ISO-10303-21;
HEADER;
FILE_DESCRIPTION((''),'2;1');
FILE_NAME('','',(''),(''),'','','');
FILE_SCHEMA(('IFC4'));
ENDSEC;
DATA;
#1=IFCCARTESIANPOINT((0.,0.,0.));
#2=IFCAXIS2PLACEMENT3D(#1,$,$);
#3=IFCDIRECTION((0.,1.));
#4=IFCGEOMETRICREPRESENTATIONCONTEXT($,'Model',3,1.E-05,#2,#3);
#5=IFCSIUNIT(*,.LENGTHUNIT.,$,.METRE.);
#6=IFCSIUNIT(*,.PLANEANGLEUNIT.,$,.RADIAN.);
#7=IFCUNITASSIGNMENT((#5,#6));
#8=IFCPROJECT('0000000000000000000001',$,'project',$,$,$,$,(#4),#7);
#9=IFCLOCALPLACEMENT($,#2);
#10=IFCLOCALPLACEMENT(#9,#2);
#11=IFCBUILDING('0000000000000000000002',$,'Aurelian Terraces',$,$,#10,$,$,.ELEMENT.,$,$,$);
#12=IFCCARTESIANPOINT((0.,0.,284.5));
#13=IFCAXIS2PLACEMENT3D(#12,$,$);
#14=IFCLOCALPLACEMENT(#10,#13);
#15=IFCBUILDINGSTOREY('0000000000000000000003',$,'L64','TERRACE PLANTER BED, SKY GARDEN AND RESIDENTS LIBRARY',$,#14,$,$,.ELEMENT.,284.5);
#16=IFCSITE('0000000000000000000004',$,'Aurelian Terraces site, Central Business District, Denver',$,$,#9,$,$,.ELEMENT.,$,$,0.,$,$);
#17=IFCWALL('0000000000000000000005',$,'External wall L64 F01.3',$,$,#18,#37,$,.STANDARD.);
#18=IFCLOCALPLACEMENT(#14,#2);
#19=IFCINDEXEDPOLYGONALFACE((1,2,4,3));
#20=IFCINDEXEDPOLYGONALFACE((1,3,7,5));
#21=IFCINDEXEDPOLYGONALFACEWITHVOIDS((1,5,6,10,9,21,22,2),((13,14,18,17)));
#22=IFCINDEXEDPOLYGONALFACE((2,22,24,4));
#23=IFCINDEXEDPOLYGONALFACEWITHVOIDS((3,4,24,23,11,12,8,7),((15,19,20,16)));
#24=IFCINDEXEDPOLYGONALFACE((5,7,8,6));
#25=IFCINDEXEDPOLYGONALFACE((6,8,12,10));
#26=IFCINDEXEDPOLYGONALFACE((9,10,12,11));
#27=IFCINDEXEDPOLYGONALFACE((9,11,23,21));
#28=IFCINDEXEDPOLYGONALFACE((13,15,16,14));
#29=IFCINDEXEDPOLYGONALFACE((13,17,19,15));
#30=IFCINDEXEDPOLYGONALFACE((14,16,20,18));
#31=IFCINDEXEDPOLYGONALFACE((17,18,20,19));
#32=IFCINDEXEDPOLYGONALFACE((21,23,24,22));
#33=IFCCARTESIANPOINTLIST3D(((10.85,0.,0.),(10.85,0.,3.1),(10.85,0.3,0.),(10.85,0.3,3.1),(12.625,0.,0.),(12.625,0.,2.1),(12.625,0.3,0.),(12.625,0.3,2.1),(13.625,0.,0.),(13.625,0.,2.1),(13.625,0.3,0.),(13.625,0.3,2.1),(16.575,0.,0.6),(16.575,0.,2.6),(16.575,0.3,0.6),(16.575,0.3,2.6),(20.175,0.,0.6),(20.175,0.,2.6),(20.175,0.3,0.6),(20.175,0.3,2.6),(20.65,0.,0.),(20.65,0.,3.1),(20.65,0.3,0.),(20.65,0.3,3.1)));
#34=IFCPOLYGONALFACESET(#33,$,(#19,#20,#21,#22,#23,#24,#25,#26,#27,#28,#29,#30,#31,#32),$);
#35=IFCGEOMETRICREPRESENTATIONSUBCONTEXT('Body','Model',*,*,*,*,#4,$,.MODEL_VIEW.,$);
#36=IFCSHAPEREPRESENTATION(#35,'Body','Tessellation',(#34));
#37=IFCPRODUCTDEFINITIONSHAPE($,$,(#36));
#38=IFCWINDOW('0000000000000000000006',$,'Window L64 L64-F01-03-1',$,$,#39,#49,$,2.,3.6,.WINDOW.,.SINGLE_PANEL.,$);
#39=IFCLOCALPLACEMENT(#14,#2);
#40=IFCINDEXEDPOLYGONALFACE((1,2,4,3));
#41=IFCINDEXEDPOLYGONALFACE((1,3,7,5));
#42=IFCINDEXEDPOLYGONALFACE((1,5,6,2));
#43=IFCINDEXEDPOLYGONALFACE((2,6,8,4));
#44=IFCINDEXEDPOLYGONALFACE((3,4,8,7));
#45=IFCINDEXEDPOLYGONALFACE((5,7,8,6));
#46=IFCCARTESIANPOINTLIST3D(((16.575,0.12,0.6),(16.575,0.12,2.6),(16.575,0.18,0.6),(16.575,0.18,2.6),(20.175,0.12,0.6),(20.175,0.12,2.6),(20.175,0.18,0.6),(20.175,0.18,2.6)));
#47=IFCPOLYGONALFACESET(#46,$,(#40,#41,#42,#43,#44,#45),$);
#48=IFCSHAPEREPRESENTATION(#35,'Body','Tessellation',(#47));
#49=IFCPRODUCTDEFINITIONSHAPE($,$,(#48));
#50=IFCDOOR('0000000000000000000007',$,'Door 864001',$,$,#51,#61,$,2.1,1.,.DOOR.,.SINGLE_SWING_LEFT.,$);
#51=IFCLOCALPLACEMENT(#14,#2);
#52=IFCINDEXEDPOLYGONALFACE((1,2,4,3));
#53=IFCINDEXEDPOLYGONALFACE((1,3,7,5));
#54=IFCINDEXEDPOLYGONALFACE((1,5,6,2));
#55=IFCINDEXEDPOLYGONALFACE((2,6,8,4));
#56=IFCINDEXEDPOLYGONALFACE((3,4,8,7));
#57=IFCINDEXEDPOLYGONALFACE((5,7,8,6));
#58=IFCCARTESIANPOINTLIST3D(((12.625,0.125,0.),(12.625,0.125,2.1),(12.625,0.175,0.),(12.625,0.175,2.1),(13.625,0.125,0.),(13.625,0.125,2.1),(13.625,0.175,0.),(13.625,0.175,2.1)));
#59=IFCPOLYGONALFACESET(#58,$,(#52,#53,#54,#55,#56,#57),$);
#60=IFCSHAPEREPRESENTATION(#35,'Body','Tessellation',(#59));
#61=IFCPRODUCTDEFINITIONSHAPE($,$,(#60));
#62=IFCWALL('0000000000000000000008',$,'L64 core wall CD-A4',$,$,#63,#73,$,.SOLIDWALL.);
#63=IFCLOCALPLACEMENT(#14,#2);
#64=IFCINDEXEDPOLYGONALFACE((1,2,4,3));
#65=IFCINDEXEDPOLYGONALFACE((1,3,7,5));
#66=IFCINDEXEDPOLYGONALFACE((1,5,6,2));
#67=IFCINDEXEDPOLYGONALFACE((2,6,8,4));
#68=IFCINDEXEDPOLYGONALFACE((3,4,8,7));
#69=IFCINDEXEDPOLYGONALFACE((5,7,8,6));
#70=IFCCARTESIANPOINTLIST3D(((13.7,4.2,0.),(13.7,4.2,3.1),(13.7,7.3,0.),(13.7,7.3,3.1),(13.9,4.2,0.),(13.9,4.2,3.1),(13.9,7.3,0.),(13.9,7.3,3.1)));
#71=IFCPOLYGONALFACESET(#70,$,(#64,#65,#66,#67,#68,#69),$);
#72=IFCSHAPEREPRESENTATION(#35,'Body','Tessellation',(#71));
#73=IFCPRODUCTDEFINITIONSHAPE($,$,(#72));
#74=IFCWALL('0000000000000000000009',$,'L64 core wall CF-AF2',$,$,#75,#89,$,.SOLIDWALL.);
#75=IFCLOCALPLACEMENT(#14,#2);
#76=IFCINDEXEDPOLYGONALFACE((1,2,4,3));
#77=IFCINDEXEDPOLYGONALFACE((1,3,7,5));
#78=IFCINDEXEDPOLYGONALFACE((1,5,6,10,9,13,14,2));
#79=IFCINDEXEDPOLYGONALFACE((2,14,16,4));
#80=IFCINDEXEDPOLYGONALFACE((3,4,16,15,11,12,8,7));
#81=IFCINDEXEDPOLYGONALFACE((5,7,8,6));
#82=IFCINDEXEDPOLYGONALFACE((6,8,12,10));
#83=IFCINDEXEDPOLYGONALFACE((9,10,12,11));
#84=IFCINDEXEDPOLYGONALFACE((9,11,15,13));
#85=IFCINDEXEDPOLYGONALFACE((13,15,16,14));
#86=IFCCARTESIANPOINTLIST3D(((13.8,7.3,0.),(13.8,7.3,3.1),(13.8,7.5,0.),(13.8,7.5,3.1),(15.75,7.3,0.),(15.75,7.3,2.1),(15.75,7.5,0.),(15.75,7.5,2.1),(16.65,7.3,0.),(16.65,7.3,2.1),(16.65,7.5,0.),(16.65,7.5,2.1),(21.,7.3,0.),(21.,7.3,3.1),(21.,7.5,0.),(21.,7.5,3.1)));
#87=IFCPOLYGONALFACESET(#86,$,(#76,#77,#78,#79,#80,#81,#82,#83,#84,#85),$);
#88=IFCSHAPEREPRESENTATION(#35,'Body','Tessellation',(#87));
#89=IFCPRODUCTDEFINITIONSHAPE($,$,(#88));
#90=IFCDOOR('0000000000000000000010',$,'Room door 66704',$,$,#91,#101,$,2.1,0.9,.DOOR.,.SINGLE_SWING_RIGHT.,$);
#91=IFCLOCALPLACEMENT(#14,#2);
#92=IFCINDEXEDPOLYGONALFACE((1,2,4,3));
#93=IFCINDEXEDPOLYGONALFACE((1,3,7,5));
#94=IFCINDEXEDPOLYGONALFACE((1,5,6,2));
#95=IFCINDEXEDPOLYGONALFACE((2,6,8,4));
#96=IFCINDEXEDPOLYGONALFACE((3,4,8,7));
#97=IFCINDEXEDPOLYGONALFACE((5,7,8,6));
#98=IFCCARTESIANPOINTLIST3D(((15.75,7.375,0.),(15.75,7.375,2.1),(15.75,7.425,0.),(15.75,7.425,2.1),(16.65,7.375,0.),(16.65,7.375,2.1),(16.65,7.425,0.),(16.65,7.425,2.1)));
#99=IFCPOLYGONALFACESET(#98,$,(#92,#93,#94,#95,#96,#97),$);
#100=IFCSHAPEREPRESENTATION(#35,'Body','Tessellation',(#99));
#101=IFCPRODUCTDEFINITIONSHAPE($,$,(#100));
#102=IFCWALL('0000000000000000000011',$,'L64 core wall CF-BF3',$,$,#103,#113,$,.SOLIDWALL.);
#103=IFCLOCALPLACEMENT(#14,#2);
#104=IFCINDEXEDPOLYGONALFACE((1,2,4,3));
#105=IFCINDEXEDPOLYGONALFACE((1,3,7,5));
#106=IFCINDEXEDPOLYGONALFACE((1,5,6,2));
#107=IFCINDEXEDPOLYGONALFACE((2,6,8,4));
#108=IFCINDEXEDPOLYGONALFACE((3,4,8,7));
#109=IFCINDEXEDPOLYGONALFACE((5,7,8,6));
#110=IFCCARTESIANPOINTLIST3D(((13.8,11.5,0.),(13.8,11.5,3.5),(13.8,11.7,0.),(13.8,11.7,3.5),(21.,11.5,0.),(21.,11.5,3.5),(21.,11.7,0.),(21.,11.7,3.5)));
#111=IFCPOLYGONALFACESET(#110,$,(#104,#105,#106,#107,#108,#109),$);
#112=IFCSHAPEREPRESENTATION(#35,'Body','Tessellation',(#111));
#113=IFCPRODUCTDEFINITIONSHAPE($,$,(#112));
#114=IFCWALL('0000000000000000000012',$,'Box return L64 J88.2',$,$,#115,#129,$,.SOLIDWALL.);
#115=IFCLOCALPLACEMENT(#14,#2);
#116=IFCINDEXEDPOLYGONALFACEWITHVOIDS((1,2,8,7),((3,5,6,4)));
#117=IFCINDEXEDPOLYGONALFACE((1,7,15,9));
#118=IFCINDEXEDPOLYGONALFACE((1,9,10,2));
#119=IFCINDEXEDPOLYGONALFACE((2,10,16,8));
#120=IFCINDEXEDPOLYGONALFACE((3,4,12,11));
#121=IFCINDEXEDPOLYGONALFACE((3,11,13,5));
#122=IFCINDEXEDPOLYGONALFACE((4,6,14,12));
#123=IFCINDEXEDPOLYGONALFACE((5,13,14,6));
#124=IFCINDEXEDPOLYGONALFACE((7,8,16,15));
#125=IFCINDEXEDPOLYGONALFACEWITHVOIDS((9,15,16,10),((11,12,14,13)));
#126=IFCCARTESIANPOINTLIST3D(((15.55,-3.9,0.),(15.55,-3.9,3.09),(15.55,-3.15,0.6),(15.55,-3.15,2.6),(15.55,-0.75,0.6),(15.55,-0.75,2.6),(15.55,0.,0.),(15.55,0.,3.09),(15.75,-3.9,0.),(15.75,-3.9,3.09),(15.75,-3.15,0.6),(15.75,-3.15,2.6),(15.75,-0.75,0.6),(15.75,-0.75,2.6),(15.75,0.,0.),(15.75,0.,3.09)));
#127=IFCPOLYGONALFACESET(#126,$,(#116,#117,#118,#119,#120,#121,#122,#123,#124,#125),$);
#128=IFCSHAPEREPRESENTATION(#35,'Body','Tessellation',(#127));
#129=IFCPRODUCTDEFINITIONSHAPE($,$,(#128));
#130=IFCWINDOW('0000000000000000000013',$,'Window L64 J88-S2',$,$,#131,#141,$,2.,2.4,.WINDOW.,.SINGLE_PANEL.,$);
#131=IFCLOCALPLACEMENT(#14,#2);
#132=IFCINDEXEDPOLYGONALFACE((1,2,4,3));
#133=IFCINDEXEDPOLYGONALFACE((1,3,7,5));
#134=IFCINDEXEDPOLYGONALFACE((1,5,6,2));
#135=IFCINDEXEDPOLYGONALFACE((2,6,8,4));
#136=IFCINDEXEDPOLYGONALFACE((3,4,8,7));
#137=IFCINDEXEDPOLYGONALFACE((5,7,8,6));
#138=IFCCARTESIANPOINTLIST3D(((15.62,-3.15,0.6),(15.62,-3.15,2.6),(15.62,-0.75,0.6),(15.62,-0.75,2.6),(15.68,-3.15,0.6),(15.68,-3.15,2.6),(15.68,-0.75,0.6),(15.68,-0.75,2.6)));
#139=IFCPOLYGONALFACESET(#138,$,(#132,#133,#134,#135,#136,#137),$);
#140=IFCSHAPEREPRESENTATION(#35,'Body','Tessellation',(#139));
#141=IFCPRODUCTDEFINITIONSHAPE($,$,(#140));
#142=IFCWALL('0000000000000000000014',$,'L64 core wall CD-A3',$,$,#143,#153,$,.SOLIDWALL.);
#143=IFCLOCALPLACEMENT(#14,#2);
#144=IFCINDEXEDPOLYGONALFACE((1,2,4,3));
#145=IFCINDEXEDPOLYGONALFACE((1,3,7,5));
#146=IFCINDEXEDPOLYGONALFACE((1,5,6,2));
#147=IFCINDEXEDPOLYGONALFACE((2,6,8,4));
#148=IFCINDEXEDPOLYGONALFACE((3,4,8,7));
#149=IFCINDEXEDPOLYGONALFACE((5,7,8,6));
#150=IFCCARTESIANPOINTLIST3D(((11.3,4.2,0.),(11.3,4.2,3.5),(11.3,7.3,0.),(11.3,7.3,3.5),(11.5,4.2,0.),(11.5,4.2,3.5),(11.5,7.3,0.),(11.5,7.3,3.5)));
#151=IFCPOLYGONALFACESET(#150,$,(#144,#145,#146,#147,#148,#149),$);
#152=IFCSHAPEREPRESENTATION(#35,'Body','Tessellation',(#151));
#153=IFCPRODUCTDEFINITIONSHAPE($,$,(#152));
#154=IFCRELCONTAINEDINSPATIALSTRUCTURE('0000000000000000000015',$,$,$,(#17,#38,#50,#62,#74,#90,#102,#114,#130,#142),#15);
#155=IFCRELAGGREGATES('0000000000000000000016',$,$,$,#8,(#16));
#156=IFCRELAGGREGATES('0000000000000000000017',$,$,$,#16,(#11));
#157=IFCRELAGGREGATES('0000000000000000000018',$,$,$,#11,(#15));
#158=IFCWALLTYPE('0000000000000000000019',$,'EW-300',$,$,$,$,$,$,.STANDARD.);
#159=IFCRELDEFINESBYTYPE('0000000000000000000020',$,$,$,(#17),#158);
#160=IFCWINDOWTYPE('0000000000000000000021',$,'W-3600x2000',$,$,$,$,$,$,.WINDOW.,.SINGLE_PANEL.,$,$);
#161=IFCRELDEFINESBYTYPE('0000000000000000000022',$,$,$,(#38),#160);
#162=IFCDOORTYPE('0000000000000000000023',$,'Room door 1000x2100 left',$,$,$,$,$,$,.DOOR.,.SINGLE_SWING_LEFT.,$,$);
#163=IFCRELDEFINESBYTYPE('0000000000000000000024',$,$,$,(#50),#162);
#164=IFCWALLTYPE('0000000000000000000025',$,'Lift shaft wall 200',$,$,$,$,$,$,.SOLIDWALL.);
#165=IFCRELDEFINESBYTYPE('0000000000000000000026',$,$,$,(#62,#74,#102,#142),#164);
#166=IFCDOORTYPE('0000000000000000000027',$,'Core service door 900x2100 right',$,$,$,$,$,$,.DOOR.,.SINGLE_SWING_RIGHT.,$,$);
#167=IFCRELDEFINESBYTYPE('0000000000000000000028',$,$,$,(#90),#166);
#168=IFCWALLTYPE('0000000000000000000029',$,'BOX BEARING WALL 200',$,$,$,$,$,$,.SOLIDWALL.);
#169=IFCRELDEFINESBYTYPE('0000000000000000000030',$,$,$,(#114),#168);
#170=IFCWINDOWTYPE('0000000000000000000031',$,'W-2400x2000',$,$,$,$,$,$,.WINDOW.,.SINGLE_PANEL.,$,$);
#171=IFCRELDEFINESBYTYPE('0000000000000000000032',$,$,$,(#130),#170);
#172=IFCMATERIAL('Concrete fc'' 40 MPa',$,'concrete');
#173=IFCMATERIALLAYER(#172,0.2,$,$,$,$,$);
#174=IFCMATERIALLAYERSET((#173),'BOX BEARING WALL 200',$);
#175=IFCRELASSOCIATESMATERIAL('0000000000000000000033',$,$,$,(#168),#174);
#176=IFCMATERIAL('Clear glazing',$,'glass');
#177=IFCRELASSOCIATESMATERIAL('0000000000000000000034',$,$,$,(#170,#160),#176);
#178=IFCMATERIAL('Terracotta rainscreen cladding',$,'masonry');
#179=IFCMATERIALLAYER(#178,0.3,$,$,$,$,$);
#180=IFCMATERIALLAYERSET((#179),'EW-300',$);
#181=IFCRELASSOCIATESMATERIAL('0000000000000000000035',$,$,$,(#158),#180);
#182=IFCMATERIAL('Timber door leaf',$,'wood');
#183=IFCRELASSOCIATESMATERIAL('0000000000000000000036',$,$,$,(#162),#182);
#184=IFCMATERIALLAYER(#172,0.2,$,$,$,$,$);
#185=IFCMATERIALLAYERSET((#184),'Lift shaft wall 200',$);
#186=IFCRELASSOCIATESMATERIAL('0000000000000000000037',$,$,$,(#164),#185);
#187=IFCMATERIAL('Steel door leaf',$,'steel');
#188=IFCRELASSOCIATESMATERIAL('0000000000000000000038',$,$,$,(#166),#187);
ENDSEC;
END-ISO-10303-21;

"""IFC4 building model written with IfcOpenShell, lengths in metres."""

from ifc_helpers import new_model, si_unit, direction, frame, frame_2d, origin, place, context, subcontext, project, spatial, rectangle, extrude, source, transform, mapped, material, layer, layer_set, type_object, element, fill, save


model = new_model("IFC4")

# Units and contexts
model_context = context("Model", 3, precision=1e-05, world=origin(), true_north=direction((0.0, 1.0)))
body_context = subcontext(model_context, "Body", "Model", "MODEL_VIEW")
ifc_project = project(units=[si_unit("LENGTHUNIT", "METRE"), si_unit("PLANEANGLEUNIT", "RADIAN")], contexts=[model_context])

# Site, building, storey
site_placement = place(None, origin())
site = spatial("IfcSite", under=ifc_project, at=site_placement, Name="Aurelian Terraces site, Central Business District, Denver", CompositionType="ELEMENT", RefElevation=0.0)
building_placement = place(site_placement, origin())
building = spatial("IfcBuilding", under=site, at=building_placement, Name="Aurelian Terraces", CompositionType="ELEMENT")
storey_placement = place(building_placement, frame((0.0, 0.0, 284.5)))
storey = spatial("IfcBuildingStorey", under=building, at=storey_placement, Name="L64", Description="TERRACE PLANTER BED, SKY GARDEN AND RESIDENTS LIBRARY", CompositionType="ELEMENT", Elevation=284.5)

# Shared definitions
ifc_material_1 = material(Name="Concrete fc' 40 MPa", Category="concrete")
ifc_layer_1 = layer(ifc_material_1, 0.2)
ifc_layer_set_1 = layer_set([ifc_layer_1], Name="BOX BEARING WALL 200")
wall_type_1 = type_object("IfcWallType", Name="BOX BEARING WALL 200", PredefinedType="SOLIDWALL", material=ifc_layer_set_1)
ifc_material_2 = material(Name="Clear glazing", Category="glass")
window_type_1 = type_object("IfcWindowType", Name="W-2400x2000", PartitioningType="SINGLE_PANEL", PredefinedType="WINDOW", material=ifc_material_2)
shared_shape_1 = source(origin(), body_context, "Body", "SweptSolid", [
    extrude(rectangle(XDim=2.4, YDim=2.0, at=frame_2d((1.2, 1.0))), frame((0.0, 0.03, 0.0), z_axis=(0.0, -1.0, 0.0), x_axis=(1.0, 0.0, 0.0)), (0.0, 0.0, 1.0), 0.06),
])

# Shared definitions
ifc_material_3 = material(Name="Steel door leaf", Category="steel")

# Wall, openings, window, door
ifc_material_4 = material(Name="Terracotta rainscreen cladding", Category="masonry")
ifc_layer_2 = layer(ifc_material_4, 0.3)
ifc_layer_set_2 = layer_set([ifc_layer_2], Name="EW-300")
wall_type_2 = type_object("IfcWallType", Name="EW-300", PredefinedType="STANDARD", material=ifc_layer_set_2)
wall_1_placement = place(storey_placement, frame((10.85, 0.15, 0.0), z_axis=(0.0, 0.0, 1.0), x_axis=(1.0, 0.0, 0.0)))
wall_1 = element("IfcWall", 1, at=wall_1_placement, inside=storey, type_object=wall_type_2, Name="External wall L64 F01.3", PredefinedType="STANDARD", context=body_context, shape_type="SweptSolid", body=[
    extrude(rectangle(XDim=9.8, YDim=0.3, at=frame_2d((4.9, 0.0))), origin(), (0.0, 0.0, 1.0), 3.1),
])
opening_1_placement = place(wall_1_placement, frame((5.725, 0.0, 0.6)))
opening_1 = element("IfcOpeningElement", 2, at=opening_1_placement, cuts=wall_1, PredefinedType="OPENING", context=body_context, shape_type="SweptSolid", body=[
    extrude(rectangle(XDim=3.6, YDim=2.0, at=frame_2d((1.8, 1.0))), frame((0.0, 0.16, 0.0), z_axis=(0.0, -1.0, 0.0), x_axis=(1.0, 0.0, 0.0)), (0.0, 0.0, 1.0), 0.32),
])
shared_shape_2 = source(origin(), body_context, "Body", "SweptSolid", [
    extrude(rectangle(XDim=1.0, YDim=2.1, at=frame_2d((0.5, 1.05))), frame((0.0, 0.16, 0.0), z_axis=(0.0, -1.0, 0.0), x_axis=(1.0, 0.0, 0.0)), (0.0, 0.0, 1.0), 0.32),
])
opening_2_placement = place(wall_1_placement, frame((1.775, 0.0, 0.0)))
opening_2 = element("IfcOpeningElement", 3, at=opening_2_placement, cuts=wall_1, PredefinedType="OPENING", context=body_context, shape_type="MappedRepresentation", body=[
    mapped(shared_shape_2, transform((0.0, 0.0, 0.0), scale=1.0)),
])
window_type_2 = type_object("IfcWindowType", Name="W-3600x2000", PartitioningType="SINGLE_PANEL", PredefinedType="WINDOW", material=ifc_material_2)
window_1_placement = place(opening_1_placement, origin())
window_1 = element("IfcWindow", 4, at=window_1_placement, inside=storey, type_object=window_type_2, Name="Window L64 L64-F01-03-1", OverallHeight=2.0, OverallWidth=3.6, PartitioningType="SINGLE_PANEL", PredefinedType="WINDOW", context=body_context, shape_type="SweptSolid", body=[
    extrude(rectangle(XDim=3.6, YDim=2.0, at=frame_2d((1.8, 1.0))), frame((0.0, 0.03, 0.0), z_axis=(0.0, -1.0, 0.0), x_axis=(1.0, 0.0, 0.0)), (0.0, 0.0, 1.0), 0.06),
])
fill(opening_1, window_1)
ifc_material_5 = material(Name="Timber door leaf", Category="wood")
door_type_1 = type_object("IfcDoorType", Name="Room door 1000x2100 left", OperationType="SINGLE_SWING_LEFT", PredefinedType="DOOR", material=ifc_material_5)
shared_shape_3 = source(origin(), body_context, "Body", "SweptSolid", [
    extrude(rectangle(XDim=1.0, YDim=2.1, at=frame_2d((0.5, 1.05))), frame((0.0, 0.025, 0.0), z_axis=(0.0, -1.0, 0.0), x_axis=(1.0, 0.0, 0.0)), (0.0, 0.0, 1.0), 0.05),
])
door_1_placement = place(opening_2_placement, origin())
door_1 = element("IfcDoor", 5, at=door_1_placement, inside=storey, type_object=door_type_1, Name="Door 864001", OperationType="SINGLE_SWING_LEFT", OverallHeight=2.1, OverallWidth=1.0, PredefinedType="DOOR", context=body_context, shape_type="MappedRepresentation", body=[
    mapped(shared_shape_3, transform((0.0, 0.0, 0.0), scale=1.0)),
])
fill(opening_2, door_1)

# Wall
ifc_layer_3 = layer(ifc_material_1, 0.2)
ifc_layer_set_3 = layer_set([ifc_layer_3], Name="Lift shaft wall 200")
wall_type_3 = type_object("IfcWallType", Name="Lift shaft wall 200", PredefinedType="SOLIDWALL", material=ifc_layer_set_3)
wall_2_placement = place(storey_placement, frame((13.8, 4.2, 0.0), z_axis=(0.0, 0.0, 1.0), x_axis=(0.0, 1.0, 0.0)))
element("IfcWall", 6, at=wall_2_placement, inside=storey, type_object=wall_type_3, Name="L64 core wall CD-A4", PredefinedType="SOLIDWALL", context=body_context, shape_type="SweptSolid", body=[
    extrude(rectangle(XDim=3.1, YDim=0.2, at=frame_2d((1.55, 0.0))), origin(), (0.0, 0.0, 1.0), 3.1),
])

# Wall, opening, door
wall_3_placement = place(storey_placement, frame((13.8, 7.4, 0.0), z_axis=(0.0, 0.0, 1.0), x_axis=(1.0, 0.0, 0.0)))
wall_3 = element("IfcWall", 7, at=wall_3_placement, inside=storey, type_object=wall_type_3, Name="L64 core wall CF-AF2", PredefinedType="SOLIDWALL", context=body_context, shape_type="SweptSolid", body=[
    extrude(rectangle(XDim=7.2, YDim=0.2, at=frame_2d((3.6, 0.0))), origin(), (0.0, 0.0, 1.0), 3.1),
])
shared_shape_4 = source(origin(), body_context, "Body", "SweptSolid", [
    extrude(rectangle(XDim=0.9, YDim=2.1, at=frame_2d((0.45, 1.05))), frame((0.0, 0.11, 0.0), z_axis=(0.0, -1.0, 0.0), x_axis=(1.0, 0.0, 0.0)), (0.0, 0.0, 1.0), 0.22),
])
opening_3_placement = place(wall_3_placement, frame((1.95, 0.0, 0.0)))
opening_3 = element("IfcOpeningElement", 8, at=opening_3_placement, cuts=wall_3, PredefinedType="OPENING", context=body_context, shape_type="MappedRepresentation", body=[
    mapped(shared_shape_4, transform((0.0, 0.0, 0.0), scale=1.0)),
])
door_type_2 = type_object("IfcDoorType", Name="Core service door 900x2100 right", OperationType="SINGLE_SWING_RIGHT", PredefinedType="DOOR", material=ifc_material_3)
shared_shape_5 = source(origin(), body_context, "Body", "SweptSolid", [
    extrude(rectangle(XDim=0.9, YDim=2.1, at=frame_2d((0.45, 1.05))), frame((0.0, 0.025, 0.0), z_axis=(0.0, -1.0, 0.0), x_axis=(1.0, 0.0, 0.0)), (0.0, 0.0, 1.0), 0.05),
])
door_2_placement = place(opening_3_placement, origin())
door_2 = element("IfcDoor", 9, at=door_2_placement, inside=storey, type_object=door_type_2, Name="Room door 66704", OperationType="SINGLE_SWING_RIGHT", OverallHeight=2.1, OverallWidth=0.9, PredefinedType="DOOR", context=body_context, shape_type="MappedRepresentation", body=[
    mapped(shared_shape_5, transform((0.0, 0.0, 0.0), scale=1.0)),
])
fill(opening_3, door_2)

# Wall
wall_4_placement = place(storey_placement, frame((13.8, 11.6, 0.0), z_axis=(0.0, 0.0, 1.0), x_axis=(1.0, 0.0, 0.0)))
element("IfcWall", 10, at=wall_4_placement, inside=storey, type_object=wall_type_3, Name="L64 core wall CF-BF3", PredefinedType="SOLIDWALL", context=body_context, shape_type="SweptSolid", body=[
    extrude(rectangle(XDim=7.2, YDim=0.2, at=frame_2d((3.6, 0.0))), origin(), (0.0, 0.0, 1.0), 3.5),
])

# Wall, opening, window
shared_shape_6 = source(origin(), body_context, "Body", "SweptSolid", [
    extrude(rectangle(XDim=3.9, YDim=0.2, at=frame_2d((1.95, 0.0))), origin(), (0.0, 0.0, 1.0), 3.09),
])
wall_5_placement = place(storey_placement, frame((15.65, 0.0, 0.0), z_axis=(0.0, 0.0, 1.0), x_axis=(0.0, -1.0, 0.0)))
wall_5 = element("IfcWall", 11, at=wall_5_placement, inside=storey, type_object=wall_type_1, Name="Box return L64 J88.2", PredefinedType="SOLIDWALL", context=body_context, shape_type="MappedRepresentation", body=[
    mapped(shared_shape_6, transform((0.0, 0.0, 0.0), scale=1.0)),
])
shared_shape_7 = source(origin(), body_context, "Body", "SweptSolid", [
    extrude(rectangle(XDim=2.4, YDim=2.0, at=frame_2d((1.2, 1.0))), frame((0.0, 0.11, 0.0), z_axis=(0.0, -1.0, 0.0), x_axis=(1.0, 0.0, 0.0)), (0.0, 0.0, 1.0), 0.22),
])
opening_4_placement = place(wall_5_placement, frame((0.75, 0.0, 0.6)))
opening_4 = element("IfcOpeningElement", 12, at=opening_4_placement, cuts=wall_5, PredefinedType="OPENING", context=body_context, shape_type="MappedRepresentation", body=[
    mapped(shared_shape_7, transform((0.0, 0.0, 0.0), scale=1.0)),
])
window_2_placement = place(opening_4_placement, origin())
window_2 = element("IfcWindow", 13, at=window_2_placement, inside=storey, type_object=window_type_1, Name="Window L64 J88-S2", OverallHeight=2.0, OverallWidth=2.4, PartitioningType="SINGLE_PANEL", PredefinedType="WINDOW", context=body_context, shape_type="MappedRepresentation", body=[
    mapped(shared_shape_1, transform((0.0, 0.0, 0.0), scale=1.0)),
])
fill(opening_4, window_2)

# Wall
shared_shape_8 = source(origin(), body_context, "Body", "SweptSolid", [
    extrude(rectangle(XDim=3.1, YDim=0.2, at=frame_2d((1.55, 0.0))), origin(), (0.0, 0.0, 1.0), 3.5),
])
wall_6_placement = place(storey_placement, frame((11.4, 4.2, 0.0), z_axis=(0.0, 0.0, 1.0), x_axis=(0.0, 1.0, 0.0)))
element("IfcWall", 14, at=wall_6_placement, inside=storey, type_object=wall_type_3, Name="L64 core wall CD-A3", PredefinedType="SOLIDWALL", context=body_context, shape_type="MappedRepresentation", body=[
    mapped(shared_shape_8, transform((0.0, 0.0, 0.0), scale=1.0)),
])

save(model, "model.ifc")
